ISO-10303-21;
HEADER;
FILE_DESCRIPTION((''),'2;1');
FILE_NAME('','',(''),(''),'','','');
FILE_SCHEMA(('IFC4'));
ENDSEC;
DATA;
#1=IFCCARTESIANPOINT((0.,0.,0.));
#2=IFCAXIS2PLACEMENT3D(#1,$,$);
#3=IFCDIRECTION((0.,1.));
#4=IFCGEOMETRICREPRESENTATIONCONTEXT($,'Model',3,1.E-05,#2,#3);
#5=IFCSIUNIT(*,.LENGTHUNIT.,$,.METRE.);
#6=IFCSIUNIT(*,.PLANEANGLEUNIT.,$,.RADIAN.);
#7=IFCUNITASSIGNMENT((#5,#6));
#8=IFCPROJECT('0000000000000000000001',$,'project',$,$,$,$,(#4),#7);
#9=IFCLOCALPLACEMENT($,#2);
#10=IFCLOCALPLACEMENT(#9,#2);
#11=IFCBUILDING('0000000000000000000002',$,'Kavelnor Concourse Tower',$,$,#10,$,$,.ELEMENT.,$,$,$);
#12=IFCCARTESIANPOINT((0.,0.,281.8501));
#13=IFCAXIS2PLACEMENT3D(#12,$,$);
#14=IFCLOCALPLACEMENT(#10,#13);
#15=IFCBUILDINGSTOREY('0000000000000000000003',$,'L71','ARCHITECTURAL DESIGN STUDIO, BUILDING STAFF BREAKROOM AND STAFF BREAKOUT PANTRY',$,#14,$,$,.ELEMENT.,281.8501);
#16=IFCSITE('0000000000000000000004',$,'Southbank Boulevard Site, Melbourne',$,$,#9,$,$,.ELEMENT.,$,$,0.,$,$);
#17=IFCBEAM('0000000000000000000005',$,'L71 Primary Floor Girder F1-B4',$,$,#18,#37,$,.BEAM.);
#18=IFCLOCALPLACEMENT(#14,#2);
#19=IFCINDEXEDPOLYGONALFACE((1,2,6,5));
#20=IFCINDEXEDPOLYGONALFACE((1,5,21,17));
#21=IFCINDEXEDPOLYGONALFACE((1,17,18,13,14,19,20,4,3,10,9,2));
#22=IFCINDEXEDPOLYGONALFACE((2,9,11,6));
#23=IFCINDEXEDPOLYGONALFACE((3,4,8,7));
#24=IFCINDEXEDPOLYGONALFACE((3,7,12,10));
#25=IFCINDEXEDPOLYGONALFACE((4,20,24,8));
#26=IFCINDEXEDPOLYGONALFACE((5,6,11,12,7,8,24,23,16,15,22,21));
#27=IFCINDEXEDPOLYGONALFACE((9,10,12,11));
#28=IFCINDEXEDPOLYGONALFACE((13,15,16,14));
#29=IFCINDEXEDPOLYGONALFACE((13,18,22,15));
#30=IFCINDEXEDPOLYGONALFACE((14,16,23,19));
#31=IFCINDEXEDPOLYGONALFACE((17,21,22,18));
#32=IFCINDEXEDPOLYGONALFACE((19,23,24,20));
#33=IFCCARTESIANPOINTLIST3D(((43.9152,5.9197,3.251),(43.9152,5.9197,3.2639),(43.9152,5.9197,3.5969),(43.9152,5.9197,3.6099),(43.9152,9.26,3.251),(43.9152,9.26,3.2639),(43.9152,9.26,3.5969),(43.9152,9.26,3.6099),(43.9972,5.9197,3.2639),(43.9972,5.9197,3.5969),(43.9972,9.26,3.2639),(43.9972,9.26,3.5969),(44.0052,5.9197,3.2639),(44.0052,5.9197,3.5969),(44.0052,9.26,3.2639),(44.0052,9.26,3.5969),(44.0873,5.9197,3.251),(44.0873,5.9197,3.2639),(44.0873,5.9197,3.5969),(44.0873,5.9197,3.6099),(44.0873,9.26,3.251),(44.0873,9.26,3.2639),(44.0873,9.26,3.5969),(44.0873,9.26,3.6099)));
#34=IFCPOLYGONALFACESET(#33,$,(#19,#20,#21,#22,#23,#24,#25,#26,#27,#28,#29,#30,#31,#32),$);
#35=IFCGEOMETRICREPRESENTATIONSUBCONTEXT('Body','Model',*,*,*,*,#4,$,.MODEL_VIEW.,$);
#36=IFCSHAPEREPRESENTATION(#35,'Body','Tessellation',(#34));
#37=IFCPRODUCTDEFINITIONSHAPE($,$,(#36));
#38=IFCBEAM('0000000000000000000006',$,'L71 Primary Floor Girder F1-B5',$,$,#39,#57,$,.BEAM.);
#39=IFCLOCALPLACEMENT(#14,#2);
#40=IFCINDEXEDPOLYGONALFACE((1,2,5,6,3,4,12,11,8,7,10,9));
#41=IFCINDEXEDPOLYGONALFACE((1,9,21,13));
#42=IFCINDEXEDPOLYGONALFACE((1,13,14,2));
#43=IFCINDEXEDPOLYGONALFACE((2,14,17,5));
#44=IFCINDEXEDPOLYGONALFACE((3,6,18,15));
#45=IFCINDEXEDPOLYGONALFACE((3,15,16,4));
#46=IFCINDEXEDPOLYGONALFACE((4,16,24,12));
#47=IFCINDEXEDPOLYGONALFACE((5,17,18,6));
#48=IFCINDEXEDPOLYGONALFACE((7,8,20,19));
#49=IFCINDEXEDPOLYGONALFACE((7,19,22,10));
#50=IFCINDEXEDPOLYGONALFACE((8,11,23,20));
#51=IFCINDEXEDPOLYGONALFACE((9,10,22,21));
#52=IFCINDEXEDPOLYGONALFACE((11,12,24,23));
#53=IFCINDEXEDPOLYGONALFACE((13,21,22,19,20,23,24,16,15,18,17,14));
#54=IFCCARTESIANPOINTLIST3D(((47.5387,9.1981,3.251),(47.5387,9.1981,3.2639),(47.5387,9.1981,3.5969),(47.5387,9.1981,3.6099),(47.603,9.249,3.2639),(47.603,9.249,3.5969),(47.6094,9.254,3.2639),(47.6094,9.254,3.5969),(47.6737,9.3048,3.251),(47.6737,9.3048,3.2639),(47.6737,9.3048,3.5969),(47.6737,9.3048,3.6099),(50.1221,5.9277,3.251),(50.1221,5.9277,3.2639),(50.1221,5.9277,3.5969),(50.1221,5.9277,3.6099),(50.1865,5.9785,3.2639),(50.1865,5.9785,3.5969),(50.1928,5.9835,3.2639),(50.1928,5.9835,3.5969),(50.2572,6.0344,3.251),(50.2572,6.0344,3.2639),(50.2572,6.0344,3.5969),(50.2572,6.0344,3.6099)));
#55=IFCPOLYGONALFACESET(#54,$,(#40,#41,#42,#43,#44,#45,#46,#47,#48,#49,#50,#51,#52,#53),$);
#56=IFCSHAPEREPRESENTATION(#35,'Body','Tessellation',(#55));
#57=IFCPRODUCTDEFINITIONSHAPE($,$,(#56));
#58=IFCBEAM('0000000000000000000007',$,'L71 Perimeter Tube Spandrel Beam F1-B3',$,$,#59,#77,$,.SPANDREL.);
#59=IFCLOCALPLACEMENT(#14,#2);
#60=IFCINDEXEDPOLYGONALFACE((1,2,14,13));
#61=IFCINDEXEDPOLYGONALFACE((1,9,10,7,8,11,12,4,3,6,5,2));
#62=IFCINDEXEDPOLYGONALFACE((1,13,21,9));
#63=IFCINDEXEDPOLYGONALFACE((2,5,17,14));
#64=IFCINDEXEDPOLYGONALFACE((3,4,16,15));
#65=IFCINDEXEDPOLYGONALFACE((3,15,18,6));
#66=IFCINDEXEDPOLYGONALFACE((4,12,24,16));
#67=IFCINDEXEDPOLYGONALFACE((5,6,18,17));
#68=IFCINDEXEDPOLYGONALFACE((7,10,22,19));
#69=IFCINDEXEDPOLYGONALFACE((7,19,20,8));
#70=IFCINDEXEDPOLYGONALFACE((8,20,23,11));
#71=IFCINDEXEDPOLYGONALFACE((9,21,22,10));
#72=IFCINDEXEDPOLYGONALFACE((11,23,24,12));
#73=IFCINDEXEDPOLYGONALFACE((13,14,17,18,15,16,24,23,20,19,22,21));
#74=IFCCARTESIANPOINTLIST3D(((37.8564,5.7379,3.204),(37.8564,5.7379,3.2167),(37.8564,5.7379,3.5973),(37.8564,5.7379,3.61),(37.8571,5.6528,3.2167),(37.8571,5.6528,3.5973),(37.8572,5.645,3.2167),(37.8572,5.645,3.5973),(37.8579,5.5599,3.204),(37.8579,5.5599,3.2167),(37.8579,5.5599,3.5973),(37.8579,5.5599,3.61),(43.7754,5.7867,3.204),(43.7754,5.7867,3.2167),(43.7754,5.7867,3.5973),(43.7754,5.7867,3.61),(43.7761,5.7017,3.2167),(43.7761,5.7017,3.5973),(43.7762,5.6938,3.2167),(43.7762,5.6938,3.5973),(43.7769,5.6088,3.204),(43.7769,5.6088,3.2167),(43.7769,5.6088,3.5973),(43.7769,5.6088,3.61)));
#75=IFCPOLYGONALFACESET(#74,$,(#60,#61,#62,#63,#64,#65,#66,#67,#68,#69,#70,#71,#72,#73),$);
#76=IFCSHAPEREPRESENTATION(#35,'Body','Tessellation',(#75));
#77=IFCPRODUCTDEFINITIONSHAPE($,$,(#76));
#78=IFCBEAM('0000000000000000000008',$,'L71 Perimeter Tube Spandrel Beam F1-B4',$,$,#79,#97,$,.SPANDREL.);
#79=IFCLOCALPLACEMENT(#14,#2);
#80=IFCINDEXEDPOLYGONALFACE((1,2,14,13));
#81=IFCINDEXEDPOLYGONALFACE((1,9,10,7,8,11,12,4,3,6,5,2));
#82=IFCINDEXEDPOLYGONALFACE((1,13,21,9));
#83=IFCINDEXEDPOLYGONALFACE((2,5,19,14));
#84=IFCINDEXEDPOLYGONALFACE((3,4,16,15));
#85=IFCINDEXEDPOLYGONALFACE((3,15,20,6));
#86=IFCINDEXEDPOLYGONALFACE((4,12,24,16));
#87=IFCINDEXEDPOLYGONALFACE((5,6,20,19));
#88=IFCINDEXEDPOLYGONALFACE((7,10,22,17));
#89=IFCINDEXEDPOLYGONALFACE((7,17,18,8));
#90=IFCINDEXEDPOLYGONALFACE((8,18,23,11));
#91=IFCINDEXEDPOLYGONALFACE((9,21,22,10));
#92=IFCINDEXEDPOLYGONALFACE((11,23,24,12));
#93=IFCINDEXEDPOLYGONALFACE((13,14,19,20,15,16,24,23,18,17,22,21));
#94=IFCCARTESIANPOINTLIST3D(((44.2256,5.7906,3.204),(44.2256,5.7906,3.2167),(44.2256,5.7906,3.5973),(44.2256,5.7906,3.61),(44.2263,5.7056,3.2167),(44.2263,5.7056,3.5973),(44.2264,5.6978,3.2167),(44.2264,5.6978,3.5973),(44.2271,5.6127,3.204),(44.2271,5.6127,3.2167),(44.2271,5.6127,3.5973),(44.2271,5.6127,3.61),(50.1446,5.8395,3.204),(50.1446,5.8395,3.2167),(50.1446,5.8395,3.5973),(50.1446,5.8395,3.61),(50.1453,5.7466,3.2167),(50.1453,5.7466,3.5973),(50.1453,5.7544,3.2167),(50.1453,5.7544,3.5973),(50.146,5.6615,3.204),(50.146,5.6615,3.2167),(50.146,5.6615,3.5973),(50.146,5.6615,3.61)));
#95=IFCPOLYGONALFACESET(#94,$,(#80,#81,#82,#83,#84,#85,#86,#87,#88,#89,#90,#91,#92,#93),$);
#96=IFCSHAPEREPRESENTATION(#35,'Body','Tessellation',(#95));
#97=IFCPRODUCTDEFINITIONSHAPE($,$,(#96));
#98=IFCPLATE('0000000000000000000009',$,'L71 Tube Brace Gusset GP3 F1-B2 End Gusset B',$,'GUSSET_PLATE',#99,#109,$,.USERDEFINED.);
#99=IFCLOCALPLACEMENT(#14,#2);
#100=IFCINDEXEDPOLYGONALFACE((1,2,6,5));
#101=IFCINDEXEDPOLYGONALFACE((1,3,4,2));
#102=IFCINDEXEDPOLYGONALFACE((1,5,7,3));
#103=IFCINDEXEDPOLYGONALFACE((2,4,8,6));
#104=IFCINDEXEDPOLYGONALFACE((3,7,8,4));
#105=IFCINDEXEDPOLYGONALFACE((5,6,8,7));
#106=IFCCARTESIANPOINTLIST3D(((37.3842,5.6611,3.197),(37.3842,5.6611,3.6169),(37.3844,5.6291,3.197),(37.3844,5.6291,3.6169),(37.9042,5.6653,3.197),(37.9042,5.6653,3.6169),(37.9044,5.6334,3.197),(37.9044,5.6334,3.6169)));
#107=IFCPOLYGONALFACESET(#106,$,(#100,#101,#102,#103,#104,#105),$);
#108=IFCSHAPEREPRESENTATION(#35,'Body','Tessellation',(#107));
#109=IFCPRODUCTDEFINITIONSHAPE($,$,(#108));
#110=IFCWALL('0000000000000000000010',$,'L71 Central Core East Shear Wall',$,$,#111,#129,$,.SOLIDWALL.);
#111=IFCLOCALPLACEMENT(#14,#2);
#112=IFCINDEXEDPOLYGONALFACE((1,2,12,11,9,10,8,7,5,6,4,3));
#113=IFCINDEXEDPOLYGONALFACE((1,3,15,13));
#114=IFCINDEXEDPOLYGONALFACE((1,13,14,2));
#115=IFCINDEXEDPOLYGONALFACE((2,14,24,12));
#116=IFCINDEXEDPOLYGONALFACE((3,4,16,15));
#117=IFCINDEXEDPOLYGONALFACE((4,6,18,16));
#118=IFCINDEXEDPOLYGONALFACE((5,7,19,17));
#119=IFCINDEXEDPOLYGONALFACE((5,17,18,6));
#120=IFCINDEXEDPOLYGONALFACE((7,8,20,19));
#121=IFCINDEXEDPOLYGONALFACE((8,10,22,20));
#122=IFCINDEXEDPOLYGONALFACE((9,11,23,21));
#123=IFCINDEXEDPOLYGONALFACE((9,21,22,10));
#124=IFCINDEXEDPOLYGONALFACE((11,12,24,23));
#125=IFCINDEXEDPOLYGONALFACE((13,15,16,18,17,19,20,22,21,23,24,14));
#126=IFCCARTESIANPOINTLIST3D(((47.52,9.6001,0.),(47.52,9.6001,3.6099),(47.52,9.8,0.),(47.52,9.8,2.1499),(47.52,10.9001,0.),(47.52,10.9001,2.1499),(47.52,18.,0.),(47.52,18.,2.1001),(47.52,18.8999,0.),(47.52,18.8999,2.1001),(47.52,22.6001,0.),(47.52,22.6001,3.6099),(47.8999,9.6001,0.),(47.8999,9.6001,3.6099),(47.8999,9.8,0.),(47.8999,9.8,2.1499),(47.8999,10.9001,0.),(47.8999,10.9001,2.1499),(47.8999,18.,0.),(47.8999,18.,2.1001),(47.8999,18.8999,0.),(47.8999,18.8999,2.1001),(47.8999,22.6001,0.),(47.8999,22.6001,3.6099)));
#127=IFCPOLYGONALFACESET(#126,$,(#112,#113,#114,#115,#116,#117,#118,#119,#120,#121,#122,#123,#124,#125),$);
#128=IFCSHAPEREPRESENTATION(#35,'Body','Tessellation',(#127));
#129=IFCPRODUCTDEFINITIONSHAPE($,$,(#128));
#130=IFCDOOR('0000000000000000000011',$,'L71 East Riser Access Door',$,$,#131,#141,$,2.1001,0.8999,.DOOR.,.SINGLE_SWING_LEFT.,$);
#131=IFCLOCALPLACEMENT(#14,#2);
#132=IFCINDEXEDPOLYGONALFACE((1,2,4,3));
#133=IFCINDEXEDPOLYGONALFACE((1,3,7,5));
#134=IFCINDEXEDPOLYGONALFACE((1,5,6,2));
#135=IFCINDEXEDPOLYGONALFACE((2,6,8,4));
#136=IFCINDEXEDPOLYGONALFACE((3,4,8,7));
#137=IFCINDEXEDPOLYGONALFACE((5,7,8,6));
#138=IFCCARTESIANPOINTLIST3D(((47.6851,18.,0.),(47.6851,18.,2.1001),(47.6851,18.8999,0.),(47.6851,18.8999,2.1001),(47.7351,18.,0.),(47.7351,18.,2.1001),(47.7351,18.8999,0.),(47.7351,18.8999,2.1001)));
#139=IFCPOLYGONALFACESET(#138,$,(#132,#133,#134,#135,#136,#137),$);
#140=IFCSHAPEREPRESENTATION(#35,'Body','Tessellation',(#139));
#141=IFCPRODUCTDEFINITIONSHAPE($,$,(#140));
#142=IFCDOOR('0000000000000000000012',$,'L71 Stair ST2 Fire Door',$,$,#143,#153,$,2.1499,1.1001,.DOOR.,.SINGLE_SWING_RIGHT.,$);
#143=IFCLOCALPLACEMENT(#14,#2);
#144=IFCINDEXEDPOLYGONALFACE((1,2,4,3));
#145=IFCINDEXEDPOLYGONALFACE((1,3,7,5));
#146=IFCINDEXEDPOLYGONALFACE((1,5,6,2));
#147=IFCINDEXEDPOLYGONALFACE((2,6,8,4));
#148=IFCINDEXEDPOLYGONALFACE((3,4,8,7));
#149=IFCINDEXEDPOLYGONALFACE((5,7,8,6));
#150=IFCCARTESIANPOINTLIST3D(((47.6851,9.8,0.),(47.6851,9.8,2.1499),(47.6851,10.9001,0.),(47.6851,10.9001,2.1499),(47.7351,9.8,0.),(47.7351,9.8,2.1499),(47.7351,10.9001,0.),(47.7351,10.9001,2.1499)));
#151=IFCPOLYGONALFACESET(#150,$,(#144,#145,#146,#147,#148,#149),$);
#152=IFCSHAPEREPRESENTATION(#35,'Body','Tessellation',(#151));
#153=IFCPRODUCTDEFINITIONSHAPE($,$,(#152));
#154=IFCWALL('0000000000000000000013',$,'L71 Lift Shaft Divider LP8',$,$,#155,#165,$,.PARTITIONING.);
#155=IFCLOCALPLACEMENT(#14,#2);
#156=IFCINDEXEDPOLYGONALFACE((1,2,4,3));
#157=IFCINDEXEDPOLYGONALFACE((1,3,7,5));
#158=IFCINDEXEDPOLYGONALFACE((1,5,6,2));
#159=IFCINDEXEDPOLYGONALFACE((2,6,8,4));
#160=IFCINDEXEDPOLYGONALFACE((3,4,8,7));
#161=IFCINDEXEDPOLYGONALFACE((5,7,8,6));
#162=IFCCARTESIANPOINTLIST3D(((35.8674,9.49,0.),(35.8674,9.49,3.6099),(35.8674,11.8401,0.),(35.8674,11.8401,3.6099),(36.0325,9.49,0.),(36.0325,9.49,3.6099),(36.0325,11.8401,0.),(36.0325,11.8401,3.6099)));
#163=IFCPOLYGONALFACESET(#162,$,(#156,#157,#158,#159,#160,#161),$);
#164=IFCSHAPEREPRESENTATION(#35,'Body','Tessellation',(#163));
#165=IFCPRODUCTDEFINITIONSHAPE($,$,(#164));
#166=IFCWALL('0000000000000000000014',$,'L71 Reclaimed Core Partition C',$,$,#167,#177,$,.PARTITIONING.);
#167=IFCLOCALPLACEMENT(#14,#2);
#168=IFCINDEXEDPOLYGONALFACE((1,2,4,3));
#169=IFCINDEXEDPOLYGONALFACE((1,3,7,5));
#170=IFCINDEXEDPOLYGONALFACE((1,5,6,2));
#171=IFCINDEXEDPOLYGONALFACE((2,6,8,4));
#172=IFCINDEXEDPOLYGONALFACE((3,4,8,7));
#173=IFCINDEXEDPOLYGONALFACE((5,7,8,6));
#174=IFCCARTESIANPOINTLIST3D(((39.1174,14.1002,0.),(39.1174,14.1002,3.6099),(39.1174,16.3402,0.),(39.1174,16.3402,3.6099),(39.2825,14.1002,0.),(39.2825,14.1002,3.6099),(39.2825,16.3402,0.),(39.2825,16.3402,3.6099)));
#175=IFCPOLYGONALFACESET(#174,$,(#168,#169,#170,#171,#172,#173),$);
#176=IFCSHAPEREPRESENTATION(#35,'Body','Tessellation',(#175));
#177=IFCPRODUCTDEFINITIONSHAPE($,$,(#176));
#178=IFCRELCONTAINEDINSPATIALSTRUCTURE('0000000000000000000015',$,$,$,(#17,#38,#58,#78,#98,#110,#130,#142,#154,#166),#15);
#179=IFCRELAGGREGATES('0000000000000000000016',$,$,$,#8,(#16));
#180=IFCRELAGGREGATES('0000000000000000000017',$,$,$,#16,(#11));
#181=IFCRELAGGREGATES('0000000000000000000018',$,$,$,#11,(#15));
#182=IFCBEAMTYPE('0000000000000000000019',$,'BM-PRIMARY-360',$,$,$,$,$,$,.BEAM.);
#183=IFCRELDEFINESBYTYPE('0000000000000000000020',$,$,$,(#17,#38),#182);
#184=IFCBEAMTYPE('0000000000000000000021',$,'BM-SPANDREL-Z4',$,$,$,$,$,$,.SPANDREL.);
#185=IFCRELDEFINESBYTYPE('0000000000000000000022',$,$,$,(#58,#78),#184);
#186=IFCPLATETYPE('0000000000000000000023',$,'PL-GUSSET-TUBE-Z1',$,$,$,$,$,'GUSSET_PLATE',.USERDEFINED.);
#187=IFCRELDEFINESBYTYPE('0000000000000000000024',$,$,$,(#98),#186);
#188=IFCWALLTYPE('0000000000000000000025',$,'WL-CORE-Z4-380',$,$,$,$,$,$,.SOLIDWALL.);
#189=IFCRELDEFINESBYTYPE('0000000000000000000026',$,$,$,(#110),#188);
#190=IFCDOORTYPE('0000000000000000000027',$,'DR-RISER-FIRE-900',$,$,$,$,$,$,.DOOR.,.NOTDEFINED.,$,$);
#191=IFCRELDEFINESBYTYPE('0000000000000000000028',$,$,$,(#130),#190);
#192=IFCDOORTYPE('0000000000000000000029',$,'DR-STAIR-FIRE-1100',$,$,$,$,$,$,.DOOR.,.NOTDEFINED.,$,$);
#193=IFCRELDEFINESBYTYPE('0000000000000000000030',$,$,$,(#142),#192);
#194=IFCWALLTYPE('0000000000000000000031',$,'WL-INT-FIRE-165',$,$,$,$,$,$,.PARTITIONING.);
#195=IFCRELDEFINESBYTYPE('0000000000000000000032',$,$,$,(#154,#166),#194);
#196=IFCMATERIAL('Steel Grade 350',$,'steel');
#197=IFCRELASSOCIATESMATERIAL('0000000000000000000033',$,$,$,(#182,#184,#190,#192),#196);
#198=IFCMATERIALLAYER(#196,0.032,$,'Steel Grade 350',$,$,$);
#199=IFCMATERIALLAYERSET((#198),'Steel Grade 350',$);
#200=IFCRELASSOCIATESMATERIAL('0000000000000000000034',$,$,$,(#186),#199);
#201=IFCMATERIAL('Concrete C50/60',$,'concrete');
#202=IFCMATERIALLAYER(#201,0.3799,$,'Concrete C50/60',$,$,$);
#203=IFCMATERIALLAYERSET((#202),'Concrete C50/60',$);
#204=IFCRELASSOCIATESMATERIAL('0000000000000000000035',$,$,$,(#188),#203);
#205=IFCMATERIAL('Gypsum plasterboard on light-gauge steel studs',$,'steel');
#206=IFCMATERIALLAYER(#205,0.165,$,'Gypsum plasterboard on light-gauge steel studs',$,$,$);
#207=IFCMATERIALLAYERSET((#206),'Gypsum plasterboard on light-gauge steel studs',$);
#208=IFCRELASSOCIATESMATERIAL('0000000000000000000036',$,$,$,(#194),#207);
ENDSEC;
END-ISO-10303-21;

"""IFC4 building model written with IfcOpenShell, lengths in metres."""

from ifc_helpers import new_model, si_unit, direction, frame, frame_2d, origin, origin_2d, place, context, subcontext, project, spatial, rectangle, i_section, extrude, material, layer, layer_set, material_profile, profile_set, type_object, element, fill, save


model = new_model("IFC4")

# Units and contexts
model_context = context("Model", 3, precision=1e-05, world=origin(), true_north=direction((0.0, 1.0)))
body_context = subcontext(model_context, "Body", "Model", "MODEL_VIEW")
ifc_project = project(units=[si_unit("LENGTHUNIT", "METRE"), si_unit("PLANEANGLEUNIT", "RADIAN")], contexts=[model_context])

# Site, building, storey
site_placement = place(None, origin())
site = spatial("IfcSite", under=ifc_project, at=site_placement, Name="Southbank Boulevard Site, Melbourne", CompositionType="ELEMENT", RefElevation=0.0)
building_placement = place(site_placement, origin())
building = spatial("IfcBuilding", under=site, at=building_placement, Name="Kavelnor Concourse Tower", CompositionType="ELEMENT")
storey_placement = place(building_placement, frame((0.0, 0.0, 281.8501)))
storey = spatial("IfcBuildingStorey", under=building, at=storey_placement, Name="L71", Description="ARCHITECTURAL DESIGN STUDIO, BUILDING STAFF BREAKROOM AND STAFF BREAKOUT PANTRY", CompositionType="ELEMENT", Elevation=281.8501)

# Shared definitions
ifc_material_1 = material(Name="Steel Grade 350", Category="steel")

# Beams
ifc_material_profile_1 = material_profile(ifc_material_1, i_section(OverallWidth=0.1721, OverallDepth=0.3589, WebThickness=0.0081, FlangeThickness=0.0129, at=origin_2d()), Name="360UB56")
ifc_profile_set_1 = profile_set([ifc_material_profile_1], Name="Steel Grade 350")
beam_type_1 = type_object("IfcBeamType", Name="BM-PRIMARY-360", PredefinedType="BEAM", material=ifc_profile_set_1)
beam_1_placement = place(storey_placement, frame((44.0012, 9.26, 3.4304), z_axis=(0.0, -1.0, 0.0), x_axis=(1.0, 0.0, 0.0)))
element("IfcBeam", 1, at=beam_1_placement, inside=storey, type_object=beam_type_1, Name="L71 Primary Floor Girder F1-B4", PredefinedType="BEAM", context=body_context, shape_type="SweptSolid", body=[
    extrude(i_section(OverallWidth=0.1721, OverallDepth=0.3589, WebThickness=0.0081, FlangeThickness=0.0129, at=origin_2d()), origin(), (0.0, 0.0, 1.0), 3.3403),
])
beam_2_placement = place(storey_placement, frame((47.6062, 9.2515, 3.4304), z_axis=(0.619868, -0.784706, 0.0), x_axis=(0.784706, 0.619868, 0.0)))
element("IfcBeam", 2, at=beam_2_placement, inside=storey, type_object=beam_type_1, Name="L71 Primary Floor Girder F1-B5", PredefinedType="BEAM", context=body_context, shape_type="SweptSolid", body=[
    extrude(i_section(OverallWidth=0.1721, OverallDepth=0.3589, WebThickness=0.0081, FlangeThickness=0.0129, at=origin_2d()), origin(), (0.0, 0.0, 1.0), 4.1677),
])
ifc_material_profile_2 = material_profile(ifc_material_1, i_section(OverallWidth=0.178, OverallDepth=0.406, WebThickness=0.0078, FlangeThickness=0.0127, at=origin_2d()), Name="410UB59")
ifc_profile_set_2 = profile_set([ifc_material_profile_2], Name="Steel Grade 350")
beam_type_2 = type_object("IfcBeamType", Name="BM-SPANDREL-Z4", PredefinedType="SPANDREL", material=ifc_profile_set_2)
for number, where, z_axis, x_axis, name in (
    (3, (37.8572, 5.6489, 3.407), (0.999966, 0.008249, 0.0), (-0.008249, 0.999966, 0.0), "L71 Perimeter Tube Spandrel Beam F1-B3"),
    (4, (44.2263, 5.7017, 3.407), (0.999966, 0.008249, 0.0), (-0.008249, 0.999966, 0.0), "L71 Perimeter Tube Spandrel Beam F1-B4"),
):
    element("IfcBeam", number, at=place(storey_placement, frame(where, z_axis=z_axis, x_axis=x_axis)), inside=storey, type_object=beam_type_2, Name=name, PredefinedType="SPANDREL", context=body_context, shape_type="SweptSolid", body=[
        extrude(i_section(OverallWidth=0.178, OverallDepth=0.406, WebThickness=0.0078, FlangeThickness=0.0127, at=origin_2d()), origin(), (0.0, 0.0, 1.0), 5.9192),
    ])

# Plate
ifc_layer_1 = layer(ifc_material_1, 0.032, Name="Steel Grade 350")
ifc_layer_set_1 = layer_set([ifc_layer_1], Name="Steel Grade 350")
plate_type = type_object("IfcPlateType", Name="PL-GUSSET-TUBE-Z1", ElementType="GUSSET_PLATE", PredefinedType="USERDEFINED", material=ifc_layer_set_1)
plate_placement = place(storey_placement, frame((37.6443, 5.6472, 3.197), z_axis=(0.0, 0.0, 1.0), x_axis=(0.999966, 0.008203, 0.0)))
element("IfcPlate", 5, at=plate_placement, inside=storey, type_object=plate_type, Name="L71 Tube Brace Gusset GP3 F1-B2 End Gusset B", ObjectType="GUSSET_PLATE", PredefinedType="USERDEFINED", context=body_context, shape_type="SweptSolid", body=[
    extrude(rectangle(XDim=0.52, YDim=0.032, at=origin_2d()), origin(), (0.0, 0.0, 1.0), 0.4199),
])

# Wall, openings, doors
ifc_material_2 = material(Name="Concrete C50/60", Category="concrete")
ifc_layer_2 = layer(ifc_material_2, 0.3799, Name="Concrete C50/60")
ifc_layer_set_2 = layer_set([ifc_layer_2], Name="Concrete C50/60")
wall_type_1 = type_object("IfcWallType", Name="WL-CORE-Z4-380", PredefinedType="SOLIDWALL", material=ifc_layer_set_2)
wall_1_placement = place(storey_placement, frame((47.71, 9.6001, 0.0), z_axis=(0.0, 0.0, 1.0), x_axis=(0.0, 1.0, 0.0)))
wall_1 = element("IfcWall", 6, at=wall_1_placement, inside=storey, type_object=wall_type_1, Name="L71 Central Core East Shear Wall", PredefinedType="SOLIDWALL", context=body_context, shape_type="SweptSolid", body=[
    extrude(rectangle(XDim=13.0, YDim=0.3799, at=frame_2d((6.5, 0.0))), origin(), (0.0, 0.0, 1.0), 3.6099),
])
opening_1_placement = place(wall_1_placement, frame((0.2, 0.0, 0.0)))
opening_1 = element("IfcOpeningElement", 7, at=opening_1_placement, cuts=wall_1, PredefinedType="OPENING", context=body_context, shape_type="SweptSolid", body=[
    extrude(rectangle(XDim=1.1001, YDim=2.1499, at=frame_2d((0.55, 1.075))), frame((0.0, 0.2, 0.0), z_axis=(0.0, -1.0, 0.0), x_axis=(1.0, 0.0, 0.0)), (0.0, 0.0, 1.0), 0.3999),
])
opening_2_placement = place(wall_1_placement, frame((8.3999, 0.0, 0.0)))
opening_2 = element("IfcOpeningElement", 8, at=opening_2_placement, cuts=wall_1, PredefinedType="OPENING", context=body_context, shape_type="SweptSolid", body=[
    extrude(rectangle(XDim=0.8999, YDim=2.1001, at=frame_2d((0.45, 1.05))), frame((0.0, 0.2, 0.0), z_axis=(0.0, -1.0, 0.0), x_axis=(1.0, 0.0, 0.0)), (0.0, 0.0, 1.0), 0.3999),
])
door_type_1 = type_object("IfcDoorType", Name="DR-RISER-FIRE-900", OperationType="NOTDEFINED", PredefinedType="DOOR", material=ifc_material_1)
door_1_placement = place(opening_2_placement, origin())
door_1 = element("IfcDoor", 9, at=door_1_placement, inside=storey, type_object=door_type_1, Name="L71 East Riser Access Door", OperationType="SINGLE_SWING_LEFT", OverallHeight=2.1001, OverallWidth=0.8999, PredefinedType="DOOR", context=body_context, shape_type="SweptSolid", body=[
    extrude(rectangle(XDim=0.8999, YDim=2.1001, at=frame_2d((0.45, 1.05))), frame((0.0, 0.0249, 0.0), z_axis=(0.0, -1.0, 0.0), x_axis=(1.0, 0.0, 0.0)), (0.0, 0.0, 1.0), 0.05),
])
fill(opening_2, door_1)
door_type_2 = type_object("IfcDoorType", Name="DR-STAIR-FIRE-1100", OperationType="NOTDEFINED", PredefinedType="DOOR", material=ifc_material_1)
door_2_placement = place(opening_1_placement, origin())
door_2 = element("IfcDoor", 10, at=door_2_placement, inside=storey, type_object=door_type_2, Name="L71 Stair ST2 Fire Door", OperationType="SINGLE_SWING_RIGHT", OverallHeight=2.1499, OverallWidth=1.1001, PredefinedType="DOOR", context=body_context, shape_type="SweptSolid", body=[
    extrude(rectangle(XDim=1.1001, YDim=2.1499, at=frame_2d((0.55, 1.075))), frame((0.0, 0.0249, 0.0), z_axis=(0.0, -1.0, 0.0), x_axis=(1.0, 0.0, 0.0)), (0.0, 0.0, 1.0), 0.05),
])
fill(opening_1, door_2)

# Walls
ifc_material_3 = material(Name="Gypsum plasterboard on light-gauge steel studs", Category="steel")
ifc_layer_3 = layer(ifc_material_3, 0.165, Name="Gypsum plasterboard on light-gauge steel studs")
ifc_layer_set_3 = layer_set([ifc_layer_3], Name="Gypsum plasterboard on light-gauge steel studs")
wall_type_2 = type_object("IfcWallType", Name="WL-INT-FIRE-165", PredefinedType="PARTITIONING", material=ifc_layer_set_3)
wall_2_placement = place(storey_placement, frame((35.95, 9.49, 0.0), z_axis=(0.0, 0.0, 1.0), x_axis=(0.0, 1.0, 0.0)))
element("IfcWall", 11, at=wall_2_placement, inside=storey, type_object=wall_type_2, Name="L71 Lift Shaft Divider LP8", PredefinedType="PARTITIONING", context=body_context, shape_type="SweptSolid", body=[
    extrude(rectangle(XDim=2.3501, YDim=0.165, at=frame_2d((1.175, 0.0))), origin(), (0.0, 0.0, 1.0), 3.6099),
])
wall_3_placement = place(storey_placement, frame((39.2, 14.1001, 0.0), z_axis=(0.0, 0.0, 1.0), x_axis=(0.0, 1.0, 0.0)))
element("IfcWall", 12, at=wall_3_placement, inside=storey, type_object=wall_type_2, Name="L71 Reclaimed Core Partition C", PredefinedType="PARTITIONING", context=body_context, shape_type="SweptSolid", body=[
    extrude(rectangle(XDim=2.24, YDim=0.165, at=frame_2d((1.1201, 0.0))), origin(), (0.0, 0.0, 1.0), 3.6099),
])

save(model, "model.ifc")
